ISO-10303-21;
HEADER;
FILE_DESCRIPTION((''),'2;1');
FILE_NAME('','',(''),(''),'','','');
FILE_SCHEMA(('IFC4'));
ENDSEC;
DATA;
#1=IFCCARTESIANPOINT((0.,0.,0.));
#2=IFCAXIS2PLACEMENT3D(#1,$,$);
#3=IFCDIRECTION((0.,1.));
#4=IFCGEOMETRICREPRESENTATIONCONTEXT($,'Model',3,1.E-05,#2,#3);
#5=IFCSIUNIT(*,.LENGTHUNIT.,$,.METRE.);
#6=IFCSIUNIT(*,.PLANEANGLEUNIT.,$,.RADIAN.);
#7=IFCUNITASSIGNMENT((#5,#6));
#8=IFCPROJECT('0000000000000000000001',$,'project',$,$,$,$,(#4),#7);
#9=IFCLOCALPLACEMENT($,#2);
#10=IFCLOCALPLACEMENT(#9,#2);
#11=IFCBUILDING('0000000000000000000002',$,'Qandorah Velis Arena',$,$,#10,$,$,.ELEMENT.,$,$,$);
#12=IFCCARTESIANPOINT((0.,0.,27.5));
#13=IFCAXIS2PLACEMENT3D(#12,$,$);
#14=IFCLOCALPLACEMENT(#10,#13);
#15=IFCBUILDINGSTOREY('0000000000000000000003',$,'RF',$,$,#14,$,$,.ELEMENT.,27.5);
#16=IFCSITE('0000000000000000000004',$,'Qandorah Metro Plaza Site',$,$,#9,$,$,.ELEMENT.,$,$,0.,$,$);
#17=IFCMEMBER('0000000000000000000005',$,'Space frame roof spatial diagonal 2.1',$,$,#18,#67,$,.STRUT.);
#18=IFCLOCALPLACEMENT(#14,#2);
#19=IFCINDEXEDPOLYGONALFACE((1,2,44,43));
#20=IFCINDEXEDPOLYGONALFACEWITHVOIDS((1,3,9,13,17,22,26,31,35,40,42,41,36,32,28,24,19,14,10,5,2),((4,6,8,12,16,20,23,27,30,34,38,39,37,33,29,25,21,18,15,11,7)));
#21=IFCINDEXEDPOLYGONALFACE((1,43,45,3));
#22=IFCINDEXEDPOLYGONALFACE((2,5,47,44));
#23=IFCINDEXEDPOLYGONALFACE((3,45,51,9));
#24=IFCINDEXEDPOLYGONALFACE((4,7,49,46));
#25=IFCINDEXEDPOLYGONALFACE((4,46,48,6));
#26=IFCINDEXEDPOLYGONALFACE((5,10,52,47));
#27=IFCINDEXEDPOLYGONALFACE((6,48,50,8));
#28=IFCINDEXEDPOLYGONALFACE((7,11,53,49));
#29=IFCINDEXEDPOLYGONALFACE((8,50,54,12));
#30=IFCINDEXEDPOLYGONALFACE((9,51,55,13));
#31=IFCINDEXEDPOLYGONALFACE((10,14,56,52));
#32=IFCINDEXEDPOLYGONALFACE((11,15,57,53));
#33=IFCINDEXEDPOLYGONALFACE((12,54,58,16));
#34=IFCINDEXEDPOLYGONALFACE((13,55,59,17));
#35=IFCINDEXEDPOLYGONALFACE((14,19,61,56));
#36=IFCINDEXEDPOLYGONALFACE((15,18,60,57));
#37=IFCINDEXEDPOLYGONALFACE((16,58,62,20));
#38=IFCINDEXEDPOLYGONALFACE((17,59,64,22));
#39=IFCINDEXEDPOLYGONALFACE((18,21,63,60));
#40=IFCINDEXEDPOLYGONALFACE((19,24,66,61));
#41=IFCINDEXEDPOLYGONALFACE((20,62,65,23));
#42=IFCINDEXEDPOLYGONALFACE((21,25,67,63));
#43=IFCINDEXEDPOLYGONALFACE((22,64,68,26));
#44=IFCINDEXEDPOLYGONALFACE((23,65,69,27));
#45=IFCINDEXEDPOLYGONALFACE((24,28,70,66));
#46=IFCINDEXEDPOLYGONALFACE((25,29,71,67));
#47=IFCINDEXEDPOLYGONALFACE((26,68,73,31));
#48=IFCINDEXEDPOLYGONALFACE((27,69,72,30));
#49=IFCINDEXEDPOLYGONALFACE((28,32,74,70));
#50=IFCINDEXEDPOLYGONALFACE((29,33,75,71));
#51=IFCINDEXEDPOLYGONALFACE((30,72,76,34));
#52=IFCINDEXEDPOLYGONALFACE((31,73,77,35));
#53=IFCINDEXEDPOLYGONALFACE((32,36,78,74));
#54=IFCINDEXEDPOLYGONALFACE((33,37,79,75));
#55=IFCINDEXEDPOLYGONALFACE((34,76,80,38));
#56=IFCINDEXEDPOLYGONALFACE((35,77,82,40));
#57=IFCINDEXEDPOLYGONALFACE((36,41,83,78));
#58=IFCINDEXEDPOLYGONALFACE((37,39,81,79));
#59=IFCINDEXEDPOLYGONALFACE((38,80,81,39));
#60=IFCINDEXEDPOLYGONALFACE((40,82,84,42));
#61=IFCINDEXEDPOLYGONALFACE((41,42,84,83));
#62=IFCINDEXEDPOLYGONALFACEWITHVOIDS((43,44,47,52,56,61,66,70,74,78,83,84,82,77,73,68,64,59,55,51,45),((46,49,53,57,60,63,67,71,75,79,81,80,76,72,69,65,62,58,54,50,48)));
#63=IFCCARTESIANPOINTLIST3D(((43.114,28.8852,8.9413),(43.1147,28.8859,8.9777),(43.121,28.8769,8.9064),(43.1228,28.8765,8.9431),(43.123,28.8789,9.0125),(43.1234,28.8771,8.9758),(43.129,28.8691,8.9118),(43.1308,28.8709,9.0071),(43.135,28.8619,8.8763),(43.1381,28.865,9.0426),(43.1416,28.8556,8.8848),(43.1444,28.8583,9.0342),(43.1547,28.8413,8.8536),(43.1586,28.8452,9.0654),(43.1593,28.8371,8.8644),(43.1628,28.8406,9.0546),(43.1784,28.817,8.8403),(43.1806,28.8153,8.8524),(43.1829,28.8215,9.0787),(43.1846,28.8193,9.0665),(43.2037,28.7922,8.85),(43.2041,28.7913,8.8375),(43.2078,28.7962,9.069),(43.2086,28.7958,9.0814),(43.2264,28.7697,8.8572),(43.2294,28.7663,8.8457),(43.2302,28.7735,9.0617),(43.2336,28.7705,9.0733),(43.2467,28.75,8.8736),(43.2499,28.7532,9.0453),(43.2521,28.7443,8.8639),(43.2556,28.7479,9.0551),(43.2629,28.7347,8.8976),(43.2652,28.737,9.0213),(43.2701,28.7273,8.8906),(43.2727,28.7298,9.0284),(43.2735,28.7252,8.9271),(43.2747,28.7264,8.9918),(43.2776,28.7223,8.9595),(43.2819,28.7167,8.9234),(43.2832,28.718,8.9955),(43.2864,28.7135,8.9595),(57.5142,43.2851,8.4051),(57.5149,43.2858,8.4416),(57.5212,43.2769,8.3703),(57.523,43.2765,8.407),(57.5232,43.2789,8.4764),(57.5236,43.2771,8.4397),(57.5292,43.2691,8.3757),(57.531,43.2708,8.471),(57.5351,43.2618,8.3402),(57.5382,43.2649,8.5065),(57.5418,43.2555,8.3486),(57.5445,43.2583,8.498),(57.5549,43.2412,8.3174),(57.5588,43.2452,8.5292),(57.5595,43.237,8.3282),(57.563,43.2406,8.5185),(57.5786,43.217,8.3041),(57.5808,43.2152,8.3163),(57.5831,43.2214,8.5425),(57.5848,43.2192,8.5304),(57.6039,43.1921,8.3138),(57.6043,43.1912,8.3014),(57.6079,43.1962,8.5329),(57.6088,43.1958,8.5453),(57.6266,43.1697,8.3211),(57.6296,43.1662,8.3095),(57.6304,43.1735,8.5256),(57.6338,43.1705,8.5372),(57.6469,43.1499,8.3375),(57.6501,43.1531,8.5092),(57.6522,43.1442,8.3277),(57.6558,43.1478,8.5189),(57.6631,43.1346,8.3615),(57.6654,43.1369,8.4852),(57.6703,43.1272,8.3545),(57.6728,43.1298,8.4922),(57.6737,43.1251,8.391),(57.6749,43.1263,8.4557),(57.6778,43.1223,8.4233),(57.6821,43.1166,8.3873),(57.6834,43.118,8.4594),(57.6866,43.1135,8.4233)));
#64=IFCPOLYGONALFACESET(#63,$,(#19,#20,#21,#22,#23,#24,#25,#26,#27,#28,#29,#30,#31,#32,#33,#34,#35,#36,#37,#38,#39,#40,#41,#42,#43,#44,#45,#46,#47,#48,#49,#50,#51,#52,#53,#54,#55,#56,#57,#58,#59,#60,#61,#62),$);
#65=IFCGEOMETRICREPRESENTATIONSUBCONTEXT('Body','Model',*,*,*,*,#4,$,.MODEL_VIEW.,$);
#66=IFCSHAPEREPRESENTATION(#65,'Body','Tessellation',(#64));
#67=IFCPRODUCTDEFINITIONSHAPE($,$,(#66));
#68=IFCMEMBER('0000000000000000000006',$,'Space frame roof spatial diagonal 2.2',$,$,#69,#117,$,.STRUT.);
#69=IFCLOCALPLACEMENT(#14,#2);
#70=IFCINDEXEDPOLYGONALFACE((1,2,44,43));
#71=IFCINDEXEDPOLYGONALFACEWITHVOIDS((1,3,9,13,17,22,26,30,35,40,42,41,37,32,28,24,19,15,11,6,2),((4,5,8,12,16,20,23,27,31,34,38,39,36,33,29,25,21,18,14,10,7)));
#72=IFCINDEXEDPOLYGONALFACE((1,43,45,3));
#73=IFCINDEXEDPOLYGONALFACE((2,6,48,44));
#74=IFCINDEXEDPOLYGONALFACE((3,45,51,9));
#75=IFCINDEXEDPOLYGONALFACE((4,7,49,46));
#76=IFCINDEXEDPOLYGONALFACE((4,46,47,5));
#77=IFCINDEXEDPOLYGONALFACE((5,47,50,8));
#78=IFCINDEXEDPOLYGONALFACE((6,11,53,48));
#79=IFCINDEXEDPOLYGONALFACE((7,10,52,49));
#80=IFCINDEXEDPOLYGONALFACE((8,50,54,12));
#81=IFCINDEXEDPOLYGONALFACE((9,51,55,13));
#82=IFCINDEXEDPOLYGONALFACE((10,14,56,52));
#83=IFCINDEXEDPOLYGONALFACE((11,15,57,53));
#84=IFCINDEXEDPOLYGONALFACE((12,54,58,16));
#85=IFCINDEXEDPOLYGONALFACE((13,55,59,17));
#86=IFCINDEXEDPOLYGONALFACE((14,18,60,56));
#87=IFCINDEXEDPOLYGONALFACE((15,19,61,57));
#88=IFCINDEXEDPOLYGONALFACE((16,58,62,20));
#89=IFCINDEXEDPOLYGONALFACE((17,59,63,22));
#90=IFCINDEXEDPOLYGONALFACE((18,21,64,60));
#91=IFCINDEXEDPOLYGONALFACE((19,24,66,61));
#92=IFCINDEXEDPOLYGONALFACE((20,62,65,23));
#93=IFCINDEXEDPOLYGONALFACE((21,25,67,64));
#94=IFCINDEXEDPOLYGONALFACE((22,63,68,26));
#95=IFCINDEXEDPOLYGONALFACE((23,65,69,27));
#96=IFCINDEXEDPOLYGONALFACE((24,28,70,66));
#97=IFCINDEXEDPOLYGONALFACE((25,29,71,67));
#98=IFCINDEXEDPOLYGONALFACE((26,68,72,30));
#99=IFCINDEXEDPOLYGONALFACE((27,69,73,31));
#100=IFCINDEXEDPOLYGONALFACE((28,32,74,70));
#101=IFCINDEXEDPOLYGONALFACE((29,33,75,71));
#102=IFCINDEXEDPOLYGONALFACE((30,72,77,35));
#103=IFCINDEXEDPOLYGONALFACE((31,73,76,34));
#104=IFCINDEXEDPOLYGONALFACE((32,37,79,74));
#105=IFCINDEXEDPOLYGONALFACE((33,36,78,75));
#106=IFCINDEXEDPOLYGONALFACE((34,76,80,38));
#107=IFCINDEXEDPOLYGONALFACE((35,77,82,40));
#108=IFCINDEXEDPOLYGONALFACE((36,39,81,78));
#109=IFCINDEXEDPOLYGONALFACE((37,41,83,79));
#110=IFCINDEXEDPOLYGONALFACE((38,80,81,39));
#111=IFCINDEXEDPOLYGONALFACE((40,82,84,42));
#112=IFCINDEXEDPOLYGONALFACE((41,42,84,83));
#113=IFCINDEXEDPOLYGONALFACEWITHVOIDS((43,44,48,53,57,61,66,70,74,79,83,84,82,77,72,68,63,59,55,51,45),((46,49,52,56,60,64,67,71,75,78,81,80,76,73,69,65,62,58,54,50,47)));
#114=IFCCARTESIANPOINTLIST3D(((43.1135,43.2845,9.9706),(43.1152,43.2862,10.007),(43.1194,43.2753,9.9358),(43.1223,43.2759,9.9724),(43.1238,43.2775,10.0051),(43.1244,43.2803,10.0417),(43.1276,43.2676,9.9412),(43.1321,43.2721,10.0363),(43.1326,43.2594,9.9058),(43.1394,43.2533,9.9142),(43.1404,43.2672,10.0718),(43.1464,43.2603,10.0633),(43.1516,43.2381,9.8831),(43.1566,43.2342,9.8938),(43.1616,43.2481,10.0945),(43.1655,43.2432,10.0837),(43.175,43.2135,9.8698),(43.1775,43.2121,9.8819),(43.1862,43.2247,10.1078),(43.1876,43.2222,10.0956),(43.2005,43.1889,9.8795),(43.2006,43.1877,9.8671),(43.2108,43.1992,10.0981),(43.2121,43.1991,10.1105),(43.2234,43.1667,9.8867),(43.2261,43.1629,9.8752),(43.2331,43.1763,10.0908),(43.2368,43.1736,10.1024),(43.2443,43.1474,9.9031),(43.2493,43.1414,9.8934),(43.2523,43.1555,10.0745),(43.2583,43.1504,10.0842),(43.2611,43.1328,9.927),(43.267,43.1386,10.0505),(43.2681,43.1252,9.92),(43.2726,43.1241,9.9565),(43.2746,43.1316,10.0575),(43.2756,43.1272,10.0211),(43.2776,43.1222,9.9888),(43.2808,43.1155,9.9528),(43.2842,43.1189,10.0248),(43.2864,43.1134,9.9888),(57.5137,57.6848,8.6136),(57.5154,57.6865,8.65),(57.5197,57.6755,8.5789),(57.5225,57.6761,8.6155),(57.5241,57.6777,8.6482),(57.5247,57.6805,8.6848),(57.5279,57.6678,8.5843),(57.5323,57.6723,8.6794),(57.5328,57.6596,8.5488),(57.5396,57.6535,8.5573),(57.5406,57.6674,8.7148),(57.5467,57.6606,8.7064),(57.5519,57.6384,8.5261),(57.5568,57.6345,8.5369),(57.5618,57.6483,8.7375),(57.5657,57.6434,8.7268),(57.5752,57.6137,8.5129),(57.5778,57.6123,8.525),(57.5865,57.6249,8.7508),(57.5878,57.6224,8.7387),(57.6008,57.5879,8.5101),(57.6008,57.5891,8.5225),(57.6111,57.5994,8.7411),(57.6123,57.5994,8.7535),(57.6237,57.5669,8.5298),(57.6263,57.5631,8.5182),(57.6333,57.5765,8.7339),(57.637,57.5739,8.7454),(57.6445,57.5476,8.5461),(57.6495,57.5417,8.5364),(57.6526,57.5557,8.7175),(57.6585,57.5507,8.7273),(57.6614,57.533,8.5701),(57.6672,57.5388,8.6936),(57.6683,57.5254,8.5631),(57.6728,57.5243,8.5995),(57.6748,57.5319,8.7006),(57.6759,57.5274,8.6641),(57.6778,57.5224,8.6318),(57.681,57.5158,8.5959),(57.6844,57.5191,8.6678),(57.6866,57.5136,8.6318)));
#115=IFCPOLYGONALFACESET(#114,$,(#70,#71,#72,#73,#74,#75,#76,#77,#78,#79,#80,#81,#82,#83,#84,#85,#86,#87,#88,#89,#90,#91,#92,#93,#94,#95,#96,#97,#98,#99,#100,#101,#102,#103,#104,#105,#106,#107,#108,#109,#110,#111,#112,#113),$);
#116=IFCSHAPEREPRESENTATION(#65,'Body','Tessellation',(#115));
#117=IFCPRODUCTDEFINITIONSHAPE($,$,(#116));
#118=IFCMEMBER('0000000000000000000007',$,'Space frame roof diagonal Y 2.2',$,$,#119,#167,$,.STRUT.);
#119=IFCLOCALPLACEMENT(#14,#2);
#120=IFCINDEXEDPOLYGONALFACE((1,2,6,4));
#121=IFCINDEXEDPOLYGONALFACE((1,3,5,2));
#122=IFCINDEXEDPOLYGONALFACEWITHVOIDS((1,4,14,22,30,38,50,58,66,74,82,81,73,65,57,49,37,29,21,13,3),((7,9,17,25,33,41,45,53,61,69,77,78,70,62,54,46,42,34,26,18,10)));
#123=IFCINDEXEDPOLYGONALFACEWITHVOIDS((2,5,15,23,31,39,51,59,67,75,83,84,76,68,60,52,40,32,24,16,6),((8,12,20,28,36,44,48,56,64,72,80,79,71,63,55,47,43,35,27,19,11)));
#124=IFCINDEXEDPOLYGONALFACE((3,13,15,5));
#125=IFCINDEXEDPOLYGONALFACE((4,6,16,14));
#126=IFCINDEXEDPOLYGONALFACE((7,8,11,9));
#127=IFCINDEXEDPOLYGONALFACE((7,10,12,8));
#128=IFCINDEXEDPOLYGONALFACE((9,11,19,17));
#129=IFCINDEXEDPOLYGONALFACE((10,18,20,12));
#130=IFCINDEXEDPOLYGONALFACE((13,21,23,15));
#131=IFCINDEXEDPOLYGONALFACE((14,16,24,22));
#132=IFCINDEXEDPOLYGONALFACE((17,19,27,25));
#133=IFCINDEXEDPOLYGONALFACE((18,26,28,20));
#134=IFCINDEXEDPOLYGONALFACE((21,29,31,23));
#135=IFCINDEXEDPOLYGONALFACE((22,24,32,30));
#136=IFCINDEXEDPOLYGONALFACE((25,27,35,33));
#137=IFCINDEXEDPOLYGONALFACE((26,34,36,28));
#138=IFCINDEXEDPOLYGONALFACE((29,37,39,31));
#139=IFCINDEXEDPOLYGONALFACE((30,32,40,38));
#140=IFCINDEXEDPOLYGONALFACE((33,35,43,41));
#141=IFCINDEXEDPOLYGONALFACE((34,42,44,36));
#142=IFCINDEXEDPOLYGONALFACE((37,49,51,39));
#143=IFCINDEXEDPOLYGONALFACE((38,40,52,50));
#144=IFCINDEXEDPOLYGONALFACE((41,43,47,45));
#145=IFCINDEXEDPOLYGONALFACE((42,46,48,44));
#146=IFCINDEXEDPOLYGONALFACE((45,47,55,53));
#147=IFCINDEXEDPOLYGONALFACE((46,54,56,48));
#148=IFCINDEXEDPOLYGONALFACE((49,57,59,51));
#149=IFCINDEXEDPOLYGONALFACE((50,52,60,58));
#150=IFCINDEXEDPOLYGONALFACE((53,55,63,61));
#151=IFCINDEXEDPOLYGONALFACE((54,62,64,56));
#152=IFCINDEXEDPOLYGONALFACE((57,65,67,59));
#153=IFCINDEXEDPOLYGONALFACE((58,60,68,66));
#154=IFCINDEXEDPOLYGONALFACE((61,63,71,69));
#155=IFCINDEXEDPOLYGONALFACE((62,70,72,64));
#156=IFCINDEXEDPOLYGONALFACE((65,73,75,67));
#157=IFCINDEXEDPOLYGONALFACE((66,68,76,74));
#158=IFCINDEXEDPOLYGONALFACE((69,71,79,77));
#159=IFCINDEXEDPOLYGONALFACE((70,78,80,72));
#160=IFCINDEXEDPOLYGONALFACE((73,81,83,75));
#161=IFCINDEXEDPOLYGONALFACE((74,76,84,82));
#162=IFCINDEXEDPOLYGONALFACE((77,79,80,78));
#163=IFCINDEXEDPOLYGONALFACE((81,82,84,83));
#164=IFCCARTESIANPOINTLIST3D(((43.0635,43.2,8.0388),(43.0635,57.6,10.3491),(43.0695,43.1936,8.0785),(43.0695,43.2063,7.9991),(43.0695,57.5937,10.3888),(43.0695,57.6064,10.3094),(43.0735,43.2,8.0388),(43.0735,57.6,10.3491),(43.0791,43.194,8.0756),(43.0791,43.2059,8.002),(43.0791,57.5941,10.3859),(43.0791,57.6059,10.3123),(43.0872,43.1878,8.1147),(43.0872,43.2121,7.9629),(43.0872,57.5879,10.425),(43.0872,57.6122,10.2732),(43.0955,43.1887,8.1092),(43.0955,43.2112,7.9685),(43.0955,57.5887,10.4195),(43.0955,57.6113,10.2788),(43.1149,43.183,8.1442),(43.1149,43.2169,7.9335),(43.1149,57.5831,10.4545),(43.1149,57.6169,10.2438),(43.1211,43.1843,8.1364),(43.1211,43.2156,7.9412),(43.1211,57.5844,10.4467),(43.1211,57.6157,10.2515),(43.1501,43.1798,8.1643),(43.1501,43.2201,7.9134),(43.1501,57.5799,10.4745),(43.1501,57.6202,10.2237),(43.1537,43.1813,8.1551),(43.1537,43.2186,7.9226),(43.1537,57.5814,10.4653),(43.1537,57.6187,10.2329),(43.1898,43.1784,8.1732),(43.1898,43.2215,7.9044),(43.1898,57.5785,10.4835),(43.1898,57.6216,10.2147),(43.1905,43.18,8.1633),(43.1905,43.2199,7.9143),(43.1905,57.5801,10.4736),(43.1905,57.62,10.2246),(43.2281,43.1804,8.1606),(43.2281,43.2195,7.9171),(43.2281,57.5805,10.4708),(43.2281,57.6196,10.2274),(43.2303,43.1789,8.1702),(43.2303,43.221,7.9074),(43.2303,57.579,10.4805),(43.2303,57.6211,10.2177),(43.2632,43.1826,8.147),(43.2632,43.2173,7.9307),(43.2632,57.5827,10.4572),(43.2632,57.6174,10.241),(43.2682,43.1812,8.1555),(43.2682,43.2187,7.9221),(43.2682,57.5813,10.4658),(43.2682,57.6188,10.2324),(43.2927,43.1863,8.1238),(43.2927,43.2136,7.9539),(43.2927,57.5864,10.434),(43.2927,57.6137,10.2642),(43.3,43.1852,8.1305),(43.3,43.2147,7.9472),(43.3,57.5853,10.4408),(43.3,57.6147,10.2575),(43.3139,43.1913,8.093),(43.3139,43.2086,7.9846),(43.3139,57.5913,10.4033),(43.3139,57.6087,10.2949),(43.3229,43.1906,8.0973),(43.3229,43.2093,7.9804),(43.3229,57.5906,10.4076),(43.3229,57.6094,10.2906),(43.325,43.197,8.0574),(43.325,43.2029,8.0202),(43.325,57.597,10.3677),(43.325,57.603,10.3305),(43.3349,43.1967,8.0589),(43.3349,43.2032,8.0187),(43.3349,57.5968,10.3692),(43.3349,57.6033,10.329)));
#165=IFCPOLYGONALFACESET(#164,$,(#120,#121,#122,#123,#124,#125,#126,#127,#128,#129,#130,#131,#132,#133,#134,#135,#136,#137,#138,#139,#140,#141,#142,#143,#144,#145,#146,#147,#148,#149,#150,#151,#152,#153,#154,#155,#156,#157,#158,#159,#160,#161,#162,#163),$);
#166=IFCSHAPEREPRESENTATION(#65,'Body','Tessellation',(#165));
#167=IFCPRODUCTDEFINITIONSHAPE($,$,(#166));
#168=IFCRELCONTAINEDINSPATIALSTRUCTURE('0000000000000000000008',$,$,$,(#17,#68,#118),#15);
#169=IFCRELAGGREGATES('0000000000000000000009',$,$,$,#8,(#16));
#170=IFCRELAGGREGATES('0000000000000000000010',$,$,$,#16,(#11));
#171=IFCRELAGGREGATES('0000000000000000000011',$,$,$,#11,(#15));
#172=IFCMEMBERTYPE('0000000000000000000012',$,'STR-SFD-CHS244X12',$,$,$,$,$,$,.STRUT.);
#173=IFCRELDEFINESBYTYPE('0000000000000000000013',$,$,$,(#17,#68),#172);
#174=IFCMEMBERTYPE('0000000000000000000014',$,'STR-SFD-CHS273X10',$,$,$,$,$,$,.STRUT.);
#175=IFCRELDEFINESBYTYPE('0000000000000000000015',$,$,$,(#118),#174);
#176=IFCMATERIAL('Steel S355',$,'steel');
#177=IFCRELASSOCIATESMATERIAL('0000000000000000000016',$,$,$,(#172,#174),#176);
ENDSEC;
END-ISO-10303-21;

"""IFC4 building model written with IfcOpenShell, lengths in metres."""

from ifc_helpers import new_model, si_unit, direction, frame, origin, origin_2d, place, context, subcontext, project, spatial, hollow_circle, extrude, material, material_profile, profile_set, type_object, element, save


model = new_model("IFC4")

# Units and contexts
model_context = context("Model", 3, precision=1e-05, world=origin(), true_north=direction((0.0, 1.0)))
body_context = subcontext(model_context, "Body", "Model", "MODEL_VIEW")
ifc_project = project(units=[si_unit("LENGTHUNIT", "METRE"), si_unit("PLANEANGLEUNIT", "RADIAN")], contexts=[model_context])

# Site, building, storey
site_placement = place(None, origin())
site = spatial("IfcSite", under=ifc_project, at=site_placement, Name="Qandorah Metro Plaza Site", CompositionType="ELEMENT", RefElevation=0.0)
building_placement = place(site_placement, origin())
building = spatial("IfcBuilding", under=site, at=building_placement, Name="Qandorah Velis Arena", CompositionType="ELEMENT")
storey_placement = place(building_placement, frame((0.0, 0.0, 27.5)))
storey = spatial("IfcBuildingStorey", under=building, at=storey_placement, Name="RF", CompositionType="ELEMENT", Elevation=27.5)

# Shared definitions
ifc_material_1 = material(Name="Steel S355", Category="steel")

# Members
ifc_material_profile_1 = material_profile(ifc_material_1, hollow_circle(Radius=0.1223, WallThickness=0.0125, at=origin_2d()), Name="CHS 244.5x12.5")
ifc_profile_set_1 = profile_set([ifc_material_profile_1], Name="Steel S355")
member_type_1 = type_object("IfcMemberType", Name="STR-SFD-CHS244X12", PredefinedType="STRUT", material=ifc_profile_set_1)
member_1_placement = place(storey_placement, frame((57.6001, 43.2, 8.4233), z_axis=(-0.706868, -0.706856, 0.026317), x_axis=(0.707101, -0.707113, 0.0)))
element("IfcMember", 1, at=member_1_placement, inside=storey, type_object=member_type_1, Name="Space frame roof spatial diagonal 2.1", PredefinedType="STRUT", context=body_context, shape_type="SweptSolid", body=[
    extrude(hollow_circle(Radius=0.1223, WallThickness=0.0125, at=origin_2d()), origin(), (0.0, 0.0, 1.0), 20.3718),
])
member_2_placement = place(storey_placement, frame((57.6001, 57.6001, 8.6318), z_axis=(-0.705542, -0.705542, 0.066484), x_axis=(0.707107, -0.707107, 0.0)))
element("IfcMember", 2, at=member_2_placement, inside=storey, type_object=member_type_1, Name="Space frame roof spatial diagonal 2.2", PredefinedType="STRUT", context=body_context, shape_type="SweptSolid", body=[
    extrude(hollow_circle(Radius=0.1223, WallThickness=0.0125, at=origin_2d()), origin(), (0.0, 0.0, 1.0), 20.4102),
])
ifc_material_profile_2 = material_profile(ifc_material_1, hollow_circle(Radius=0.1365, WallThickness=0.01, at=origin_2d()), Name="CHS 273x10")
ifc_profile_set_2 = profile_set([ifc_material_profile_2], Name="Steel S355")
member_type_2 = type_object("IfcMemberType", Name="STR-SFD-CHS273X10", PredefinedType="STRUT", material=ifc_profile_set_2)
member_3_placement = place(storey_placement, frame((43.2, 43.2, 8.0388), z_axis=(0.0, 0.987373, 0.15841), x_axis=(-1.0, 0.0, 0.0)))
element("IfcMember", 3, at=member_3_placement, inside=storey, type_object=member_type_2, Name="Space frame roof diagonal Y 2.2", PredefinedType="STRUT", context=body_context, shape_type="SweptSolid", body=[
    extrude(hollow_circle(Radius=0.1365, WallThickness=0.01, at=origin_2d()), origin(), (0.0, 0.0, 1.0), 14.5842),
])

save(model, "model.ifc")
